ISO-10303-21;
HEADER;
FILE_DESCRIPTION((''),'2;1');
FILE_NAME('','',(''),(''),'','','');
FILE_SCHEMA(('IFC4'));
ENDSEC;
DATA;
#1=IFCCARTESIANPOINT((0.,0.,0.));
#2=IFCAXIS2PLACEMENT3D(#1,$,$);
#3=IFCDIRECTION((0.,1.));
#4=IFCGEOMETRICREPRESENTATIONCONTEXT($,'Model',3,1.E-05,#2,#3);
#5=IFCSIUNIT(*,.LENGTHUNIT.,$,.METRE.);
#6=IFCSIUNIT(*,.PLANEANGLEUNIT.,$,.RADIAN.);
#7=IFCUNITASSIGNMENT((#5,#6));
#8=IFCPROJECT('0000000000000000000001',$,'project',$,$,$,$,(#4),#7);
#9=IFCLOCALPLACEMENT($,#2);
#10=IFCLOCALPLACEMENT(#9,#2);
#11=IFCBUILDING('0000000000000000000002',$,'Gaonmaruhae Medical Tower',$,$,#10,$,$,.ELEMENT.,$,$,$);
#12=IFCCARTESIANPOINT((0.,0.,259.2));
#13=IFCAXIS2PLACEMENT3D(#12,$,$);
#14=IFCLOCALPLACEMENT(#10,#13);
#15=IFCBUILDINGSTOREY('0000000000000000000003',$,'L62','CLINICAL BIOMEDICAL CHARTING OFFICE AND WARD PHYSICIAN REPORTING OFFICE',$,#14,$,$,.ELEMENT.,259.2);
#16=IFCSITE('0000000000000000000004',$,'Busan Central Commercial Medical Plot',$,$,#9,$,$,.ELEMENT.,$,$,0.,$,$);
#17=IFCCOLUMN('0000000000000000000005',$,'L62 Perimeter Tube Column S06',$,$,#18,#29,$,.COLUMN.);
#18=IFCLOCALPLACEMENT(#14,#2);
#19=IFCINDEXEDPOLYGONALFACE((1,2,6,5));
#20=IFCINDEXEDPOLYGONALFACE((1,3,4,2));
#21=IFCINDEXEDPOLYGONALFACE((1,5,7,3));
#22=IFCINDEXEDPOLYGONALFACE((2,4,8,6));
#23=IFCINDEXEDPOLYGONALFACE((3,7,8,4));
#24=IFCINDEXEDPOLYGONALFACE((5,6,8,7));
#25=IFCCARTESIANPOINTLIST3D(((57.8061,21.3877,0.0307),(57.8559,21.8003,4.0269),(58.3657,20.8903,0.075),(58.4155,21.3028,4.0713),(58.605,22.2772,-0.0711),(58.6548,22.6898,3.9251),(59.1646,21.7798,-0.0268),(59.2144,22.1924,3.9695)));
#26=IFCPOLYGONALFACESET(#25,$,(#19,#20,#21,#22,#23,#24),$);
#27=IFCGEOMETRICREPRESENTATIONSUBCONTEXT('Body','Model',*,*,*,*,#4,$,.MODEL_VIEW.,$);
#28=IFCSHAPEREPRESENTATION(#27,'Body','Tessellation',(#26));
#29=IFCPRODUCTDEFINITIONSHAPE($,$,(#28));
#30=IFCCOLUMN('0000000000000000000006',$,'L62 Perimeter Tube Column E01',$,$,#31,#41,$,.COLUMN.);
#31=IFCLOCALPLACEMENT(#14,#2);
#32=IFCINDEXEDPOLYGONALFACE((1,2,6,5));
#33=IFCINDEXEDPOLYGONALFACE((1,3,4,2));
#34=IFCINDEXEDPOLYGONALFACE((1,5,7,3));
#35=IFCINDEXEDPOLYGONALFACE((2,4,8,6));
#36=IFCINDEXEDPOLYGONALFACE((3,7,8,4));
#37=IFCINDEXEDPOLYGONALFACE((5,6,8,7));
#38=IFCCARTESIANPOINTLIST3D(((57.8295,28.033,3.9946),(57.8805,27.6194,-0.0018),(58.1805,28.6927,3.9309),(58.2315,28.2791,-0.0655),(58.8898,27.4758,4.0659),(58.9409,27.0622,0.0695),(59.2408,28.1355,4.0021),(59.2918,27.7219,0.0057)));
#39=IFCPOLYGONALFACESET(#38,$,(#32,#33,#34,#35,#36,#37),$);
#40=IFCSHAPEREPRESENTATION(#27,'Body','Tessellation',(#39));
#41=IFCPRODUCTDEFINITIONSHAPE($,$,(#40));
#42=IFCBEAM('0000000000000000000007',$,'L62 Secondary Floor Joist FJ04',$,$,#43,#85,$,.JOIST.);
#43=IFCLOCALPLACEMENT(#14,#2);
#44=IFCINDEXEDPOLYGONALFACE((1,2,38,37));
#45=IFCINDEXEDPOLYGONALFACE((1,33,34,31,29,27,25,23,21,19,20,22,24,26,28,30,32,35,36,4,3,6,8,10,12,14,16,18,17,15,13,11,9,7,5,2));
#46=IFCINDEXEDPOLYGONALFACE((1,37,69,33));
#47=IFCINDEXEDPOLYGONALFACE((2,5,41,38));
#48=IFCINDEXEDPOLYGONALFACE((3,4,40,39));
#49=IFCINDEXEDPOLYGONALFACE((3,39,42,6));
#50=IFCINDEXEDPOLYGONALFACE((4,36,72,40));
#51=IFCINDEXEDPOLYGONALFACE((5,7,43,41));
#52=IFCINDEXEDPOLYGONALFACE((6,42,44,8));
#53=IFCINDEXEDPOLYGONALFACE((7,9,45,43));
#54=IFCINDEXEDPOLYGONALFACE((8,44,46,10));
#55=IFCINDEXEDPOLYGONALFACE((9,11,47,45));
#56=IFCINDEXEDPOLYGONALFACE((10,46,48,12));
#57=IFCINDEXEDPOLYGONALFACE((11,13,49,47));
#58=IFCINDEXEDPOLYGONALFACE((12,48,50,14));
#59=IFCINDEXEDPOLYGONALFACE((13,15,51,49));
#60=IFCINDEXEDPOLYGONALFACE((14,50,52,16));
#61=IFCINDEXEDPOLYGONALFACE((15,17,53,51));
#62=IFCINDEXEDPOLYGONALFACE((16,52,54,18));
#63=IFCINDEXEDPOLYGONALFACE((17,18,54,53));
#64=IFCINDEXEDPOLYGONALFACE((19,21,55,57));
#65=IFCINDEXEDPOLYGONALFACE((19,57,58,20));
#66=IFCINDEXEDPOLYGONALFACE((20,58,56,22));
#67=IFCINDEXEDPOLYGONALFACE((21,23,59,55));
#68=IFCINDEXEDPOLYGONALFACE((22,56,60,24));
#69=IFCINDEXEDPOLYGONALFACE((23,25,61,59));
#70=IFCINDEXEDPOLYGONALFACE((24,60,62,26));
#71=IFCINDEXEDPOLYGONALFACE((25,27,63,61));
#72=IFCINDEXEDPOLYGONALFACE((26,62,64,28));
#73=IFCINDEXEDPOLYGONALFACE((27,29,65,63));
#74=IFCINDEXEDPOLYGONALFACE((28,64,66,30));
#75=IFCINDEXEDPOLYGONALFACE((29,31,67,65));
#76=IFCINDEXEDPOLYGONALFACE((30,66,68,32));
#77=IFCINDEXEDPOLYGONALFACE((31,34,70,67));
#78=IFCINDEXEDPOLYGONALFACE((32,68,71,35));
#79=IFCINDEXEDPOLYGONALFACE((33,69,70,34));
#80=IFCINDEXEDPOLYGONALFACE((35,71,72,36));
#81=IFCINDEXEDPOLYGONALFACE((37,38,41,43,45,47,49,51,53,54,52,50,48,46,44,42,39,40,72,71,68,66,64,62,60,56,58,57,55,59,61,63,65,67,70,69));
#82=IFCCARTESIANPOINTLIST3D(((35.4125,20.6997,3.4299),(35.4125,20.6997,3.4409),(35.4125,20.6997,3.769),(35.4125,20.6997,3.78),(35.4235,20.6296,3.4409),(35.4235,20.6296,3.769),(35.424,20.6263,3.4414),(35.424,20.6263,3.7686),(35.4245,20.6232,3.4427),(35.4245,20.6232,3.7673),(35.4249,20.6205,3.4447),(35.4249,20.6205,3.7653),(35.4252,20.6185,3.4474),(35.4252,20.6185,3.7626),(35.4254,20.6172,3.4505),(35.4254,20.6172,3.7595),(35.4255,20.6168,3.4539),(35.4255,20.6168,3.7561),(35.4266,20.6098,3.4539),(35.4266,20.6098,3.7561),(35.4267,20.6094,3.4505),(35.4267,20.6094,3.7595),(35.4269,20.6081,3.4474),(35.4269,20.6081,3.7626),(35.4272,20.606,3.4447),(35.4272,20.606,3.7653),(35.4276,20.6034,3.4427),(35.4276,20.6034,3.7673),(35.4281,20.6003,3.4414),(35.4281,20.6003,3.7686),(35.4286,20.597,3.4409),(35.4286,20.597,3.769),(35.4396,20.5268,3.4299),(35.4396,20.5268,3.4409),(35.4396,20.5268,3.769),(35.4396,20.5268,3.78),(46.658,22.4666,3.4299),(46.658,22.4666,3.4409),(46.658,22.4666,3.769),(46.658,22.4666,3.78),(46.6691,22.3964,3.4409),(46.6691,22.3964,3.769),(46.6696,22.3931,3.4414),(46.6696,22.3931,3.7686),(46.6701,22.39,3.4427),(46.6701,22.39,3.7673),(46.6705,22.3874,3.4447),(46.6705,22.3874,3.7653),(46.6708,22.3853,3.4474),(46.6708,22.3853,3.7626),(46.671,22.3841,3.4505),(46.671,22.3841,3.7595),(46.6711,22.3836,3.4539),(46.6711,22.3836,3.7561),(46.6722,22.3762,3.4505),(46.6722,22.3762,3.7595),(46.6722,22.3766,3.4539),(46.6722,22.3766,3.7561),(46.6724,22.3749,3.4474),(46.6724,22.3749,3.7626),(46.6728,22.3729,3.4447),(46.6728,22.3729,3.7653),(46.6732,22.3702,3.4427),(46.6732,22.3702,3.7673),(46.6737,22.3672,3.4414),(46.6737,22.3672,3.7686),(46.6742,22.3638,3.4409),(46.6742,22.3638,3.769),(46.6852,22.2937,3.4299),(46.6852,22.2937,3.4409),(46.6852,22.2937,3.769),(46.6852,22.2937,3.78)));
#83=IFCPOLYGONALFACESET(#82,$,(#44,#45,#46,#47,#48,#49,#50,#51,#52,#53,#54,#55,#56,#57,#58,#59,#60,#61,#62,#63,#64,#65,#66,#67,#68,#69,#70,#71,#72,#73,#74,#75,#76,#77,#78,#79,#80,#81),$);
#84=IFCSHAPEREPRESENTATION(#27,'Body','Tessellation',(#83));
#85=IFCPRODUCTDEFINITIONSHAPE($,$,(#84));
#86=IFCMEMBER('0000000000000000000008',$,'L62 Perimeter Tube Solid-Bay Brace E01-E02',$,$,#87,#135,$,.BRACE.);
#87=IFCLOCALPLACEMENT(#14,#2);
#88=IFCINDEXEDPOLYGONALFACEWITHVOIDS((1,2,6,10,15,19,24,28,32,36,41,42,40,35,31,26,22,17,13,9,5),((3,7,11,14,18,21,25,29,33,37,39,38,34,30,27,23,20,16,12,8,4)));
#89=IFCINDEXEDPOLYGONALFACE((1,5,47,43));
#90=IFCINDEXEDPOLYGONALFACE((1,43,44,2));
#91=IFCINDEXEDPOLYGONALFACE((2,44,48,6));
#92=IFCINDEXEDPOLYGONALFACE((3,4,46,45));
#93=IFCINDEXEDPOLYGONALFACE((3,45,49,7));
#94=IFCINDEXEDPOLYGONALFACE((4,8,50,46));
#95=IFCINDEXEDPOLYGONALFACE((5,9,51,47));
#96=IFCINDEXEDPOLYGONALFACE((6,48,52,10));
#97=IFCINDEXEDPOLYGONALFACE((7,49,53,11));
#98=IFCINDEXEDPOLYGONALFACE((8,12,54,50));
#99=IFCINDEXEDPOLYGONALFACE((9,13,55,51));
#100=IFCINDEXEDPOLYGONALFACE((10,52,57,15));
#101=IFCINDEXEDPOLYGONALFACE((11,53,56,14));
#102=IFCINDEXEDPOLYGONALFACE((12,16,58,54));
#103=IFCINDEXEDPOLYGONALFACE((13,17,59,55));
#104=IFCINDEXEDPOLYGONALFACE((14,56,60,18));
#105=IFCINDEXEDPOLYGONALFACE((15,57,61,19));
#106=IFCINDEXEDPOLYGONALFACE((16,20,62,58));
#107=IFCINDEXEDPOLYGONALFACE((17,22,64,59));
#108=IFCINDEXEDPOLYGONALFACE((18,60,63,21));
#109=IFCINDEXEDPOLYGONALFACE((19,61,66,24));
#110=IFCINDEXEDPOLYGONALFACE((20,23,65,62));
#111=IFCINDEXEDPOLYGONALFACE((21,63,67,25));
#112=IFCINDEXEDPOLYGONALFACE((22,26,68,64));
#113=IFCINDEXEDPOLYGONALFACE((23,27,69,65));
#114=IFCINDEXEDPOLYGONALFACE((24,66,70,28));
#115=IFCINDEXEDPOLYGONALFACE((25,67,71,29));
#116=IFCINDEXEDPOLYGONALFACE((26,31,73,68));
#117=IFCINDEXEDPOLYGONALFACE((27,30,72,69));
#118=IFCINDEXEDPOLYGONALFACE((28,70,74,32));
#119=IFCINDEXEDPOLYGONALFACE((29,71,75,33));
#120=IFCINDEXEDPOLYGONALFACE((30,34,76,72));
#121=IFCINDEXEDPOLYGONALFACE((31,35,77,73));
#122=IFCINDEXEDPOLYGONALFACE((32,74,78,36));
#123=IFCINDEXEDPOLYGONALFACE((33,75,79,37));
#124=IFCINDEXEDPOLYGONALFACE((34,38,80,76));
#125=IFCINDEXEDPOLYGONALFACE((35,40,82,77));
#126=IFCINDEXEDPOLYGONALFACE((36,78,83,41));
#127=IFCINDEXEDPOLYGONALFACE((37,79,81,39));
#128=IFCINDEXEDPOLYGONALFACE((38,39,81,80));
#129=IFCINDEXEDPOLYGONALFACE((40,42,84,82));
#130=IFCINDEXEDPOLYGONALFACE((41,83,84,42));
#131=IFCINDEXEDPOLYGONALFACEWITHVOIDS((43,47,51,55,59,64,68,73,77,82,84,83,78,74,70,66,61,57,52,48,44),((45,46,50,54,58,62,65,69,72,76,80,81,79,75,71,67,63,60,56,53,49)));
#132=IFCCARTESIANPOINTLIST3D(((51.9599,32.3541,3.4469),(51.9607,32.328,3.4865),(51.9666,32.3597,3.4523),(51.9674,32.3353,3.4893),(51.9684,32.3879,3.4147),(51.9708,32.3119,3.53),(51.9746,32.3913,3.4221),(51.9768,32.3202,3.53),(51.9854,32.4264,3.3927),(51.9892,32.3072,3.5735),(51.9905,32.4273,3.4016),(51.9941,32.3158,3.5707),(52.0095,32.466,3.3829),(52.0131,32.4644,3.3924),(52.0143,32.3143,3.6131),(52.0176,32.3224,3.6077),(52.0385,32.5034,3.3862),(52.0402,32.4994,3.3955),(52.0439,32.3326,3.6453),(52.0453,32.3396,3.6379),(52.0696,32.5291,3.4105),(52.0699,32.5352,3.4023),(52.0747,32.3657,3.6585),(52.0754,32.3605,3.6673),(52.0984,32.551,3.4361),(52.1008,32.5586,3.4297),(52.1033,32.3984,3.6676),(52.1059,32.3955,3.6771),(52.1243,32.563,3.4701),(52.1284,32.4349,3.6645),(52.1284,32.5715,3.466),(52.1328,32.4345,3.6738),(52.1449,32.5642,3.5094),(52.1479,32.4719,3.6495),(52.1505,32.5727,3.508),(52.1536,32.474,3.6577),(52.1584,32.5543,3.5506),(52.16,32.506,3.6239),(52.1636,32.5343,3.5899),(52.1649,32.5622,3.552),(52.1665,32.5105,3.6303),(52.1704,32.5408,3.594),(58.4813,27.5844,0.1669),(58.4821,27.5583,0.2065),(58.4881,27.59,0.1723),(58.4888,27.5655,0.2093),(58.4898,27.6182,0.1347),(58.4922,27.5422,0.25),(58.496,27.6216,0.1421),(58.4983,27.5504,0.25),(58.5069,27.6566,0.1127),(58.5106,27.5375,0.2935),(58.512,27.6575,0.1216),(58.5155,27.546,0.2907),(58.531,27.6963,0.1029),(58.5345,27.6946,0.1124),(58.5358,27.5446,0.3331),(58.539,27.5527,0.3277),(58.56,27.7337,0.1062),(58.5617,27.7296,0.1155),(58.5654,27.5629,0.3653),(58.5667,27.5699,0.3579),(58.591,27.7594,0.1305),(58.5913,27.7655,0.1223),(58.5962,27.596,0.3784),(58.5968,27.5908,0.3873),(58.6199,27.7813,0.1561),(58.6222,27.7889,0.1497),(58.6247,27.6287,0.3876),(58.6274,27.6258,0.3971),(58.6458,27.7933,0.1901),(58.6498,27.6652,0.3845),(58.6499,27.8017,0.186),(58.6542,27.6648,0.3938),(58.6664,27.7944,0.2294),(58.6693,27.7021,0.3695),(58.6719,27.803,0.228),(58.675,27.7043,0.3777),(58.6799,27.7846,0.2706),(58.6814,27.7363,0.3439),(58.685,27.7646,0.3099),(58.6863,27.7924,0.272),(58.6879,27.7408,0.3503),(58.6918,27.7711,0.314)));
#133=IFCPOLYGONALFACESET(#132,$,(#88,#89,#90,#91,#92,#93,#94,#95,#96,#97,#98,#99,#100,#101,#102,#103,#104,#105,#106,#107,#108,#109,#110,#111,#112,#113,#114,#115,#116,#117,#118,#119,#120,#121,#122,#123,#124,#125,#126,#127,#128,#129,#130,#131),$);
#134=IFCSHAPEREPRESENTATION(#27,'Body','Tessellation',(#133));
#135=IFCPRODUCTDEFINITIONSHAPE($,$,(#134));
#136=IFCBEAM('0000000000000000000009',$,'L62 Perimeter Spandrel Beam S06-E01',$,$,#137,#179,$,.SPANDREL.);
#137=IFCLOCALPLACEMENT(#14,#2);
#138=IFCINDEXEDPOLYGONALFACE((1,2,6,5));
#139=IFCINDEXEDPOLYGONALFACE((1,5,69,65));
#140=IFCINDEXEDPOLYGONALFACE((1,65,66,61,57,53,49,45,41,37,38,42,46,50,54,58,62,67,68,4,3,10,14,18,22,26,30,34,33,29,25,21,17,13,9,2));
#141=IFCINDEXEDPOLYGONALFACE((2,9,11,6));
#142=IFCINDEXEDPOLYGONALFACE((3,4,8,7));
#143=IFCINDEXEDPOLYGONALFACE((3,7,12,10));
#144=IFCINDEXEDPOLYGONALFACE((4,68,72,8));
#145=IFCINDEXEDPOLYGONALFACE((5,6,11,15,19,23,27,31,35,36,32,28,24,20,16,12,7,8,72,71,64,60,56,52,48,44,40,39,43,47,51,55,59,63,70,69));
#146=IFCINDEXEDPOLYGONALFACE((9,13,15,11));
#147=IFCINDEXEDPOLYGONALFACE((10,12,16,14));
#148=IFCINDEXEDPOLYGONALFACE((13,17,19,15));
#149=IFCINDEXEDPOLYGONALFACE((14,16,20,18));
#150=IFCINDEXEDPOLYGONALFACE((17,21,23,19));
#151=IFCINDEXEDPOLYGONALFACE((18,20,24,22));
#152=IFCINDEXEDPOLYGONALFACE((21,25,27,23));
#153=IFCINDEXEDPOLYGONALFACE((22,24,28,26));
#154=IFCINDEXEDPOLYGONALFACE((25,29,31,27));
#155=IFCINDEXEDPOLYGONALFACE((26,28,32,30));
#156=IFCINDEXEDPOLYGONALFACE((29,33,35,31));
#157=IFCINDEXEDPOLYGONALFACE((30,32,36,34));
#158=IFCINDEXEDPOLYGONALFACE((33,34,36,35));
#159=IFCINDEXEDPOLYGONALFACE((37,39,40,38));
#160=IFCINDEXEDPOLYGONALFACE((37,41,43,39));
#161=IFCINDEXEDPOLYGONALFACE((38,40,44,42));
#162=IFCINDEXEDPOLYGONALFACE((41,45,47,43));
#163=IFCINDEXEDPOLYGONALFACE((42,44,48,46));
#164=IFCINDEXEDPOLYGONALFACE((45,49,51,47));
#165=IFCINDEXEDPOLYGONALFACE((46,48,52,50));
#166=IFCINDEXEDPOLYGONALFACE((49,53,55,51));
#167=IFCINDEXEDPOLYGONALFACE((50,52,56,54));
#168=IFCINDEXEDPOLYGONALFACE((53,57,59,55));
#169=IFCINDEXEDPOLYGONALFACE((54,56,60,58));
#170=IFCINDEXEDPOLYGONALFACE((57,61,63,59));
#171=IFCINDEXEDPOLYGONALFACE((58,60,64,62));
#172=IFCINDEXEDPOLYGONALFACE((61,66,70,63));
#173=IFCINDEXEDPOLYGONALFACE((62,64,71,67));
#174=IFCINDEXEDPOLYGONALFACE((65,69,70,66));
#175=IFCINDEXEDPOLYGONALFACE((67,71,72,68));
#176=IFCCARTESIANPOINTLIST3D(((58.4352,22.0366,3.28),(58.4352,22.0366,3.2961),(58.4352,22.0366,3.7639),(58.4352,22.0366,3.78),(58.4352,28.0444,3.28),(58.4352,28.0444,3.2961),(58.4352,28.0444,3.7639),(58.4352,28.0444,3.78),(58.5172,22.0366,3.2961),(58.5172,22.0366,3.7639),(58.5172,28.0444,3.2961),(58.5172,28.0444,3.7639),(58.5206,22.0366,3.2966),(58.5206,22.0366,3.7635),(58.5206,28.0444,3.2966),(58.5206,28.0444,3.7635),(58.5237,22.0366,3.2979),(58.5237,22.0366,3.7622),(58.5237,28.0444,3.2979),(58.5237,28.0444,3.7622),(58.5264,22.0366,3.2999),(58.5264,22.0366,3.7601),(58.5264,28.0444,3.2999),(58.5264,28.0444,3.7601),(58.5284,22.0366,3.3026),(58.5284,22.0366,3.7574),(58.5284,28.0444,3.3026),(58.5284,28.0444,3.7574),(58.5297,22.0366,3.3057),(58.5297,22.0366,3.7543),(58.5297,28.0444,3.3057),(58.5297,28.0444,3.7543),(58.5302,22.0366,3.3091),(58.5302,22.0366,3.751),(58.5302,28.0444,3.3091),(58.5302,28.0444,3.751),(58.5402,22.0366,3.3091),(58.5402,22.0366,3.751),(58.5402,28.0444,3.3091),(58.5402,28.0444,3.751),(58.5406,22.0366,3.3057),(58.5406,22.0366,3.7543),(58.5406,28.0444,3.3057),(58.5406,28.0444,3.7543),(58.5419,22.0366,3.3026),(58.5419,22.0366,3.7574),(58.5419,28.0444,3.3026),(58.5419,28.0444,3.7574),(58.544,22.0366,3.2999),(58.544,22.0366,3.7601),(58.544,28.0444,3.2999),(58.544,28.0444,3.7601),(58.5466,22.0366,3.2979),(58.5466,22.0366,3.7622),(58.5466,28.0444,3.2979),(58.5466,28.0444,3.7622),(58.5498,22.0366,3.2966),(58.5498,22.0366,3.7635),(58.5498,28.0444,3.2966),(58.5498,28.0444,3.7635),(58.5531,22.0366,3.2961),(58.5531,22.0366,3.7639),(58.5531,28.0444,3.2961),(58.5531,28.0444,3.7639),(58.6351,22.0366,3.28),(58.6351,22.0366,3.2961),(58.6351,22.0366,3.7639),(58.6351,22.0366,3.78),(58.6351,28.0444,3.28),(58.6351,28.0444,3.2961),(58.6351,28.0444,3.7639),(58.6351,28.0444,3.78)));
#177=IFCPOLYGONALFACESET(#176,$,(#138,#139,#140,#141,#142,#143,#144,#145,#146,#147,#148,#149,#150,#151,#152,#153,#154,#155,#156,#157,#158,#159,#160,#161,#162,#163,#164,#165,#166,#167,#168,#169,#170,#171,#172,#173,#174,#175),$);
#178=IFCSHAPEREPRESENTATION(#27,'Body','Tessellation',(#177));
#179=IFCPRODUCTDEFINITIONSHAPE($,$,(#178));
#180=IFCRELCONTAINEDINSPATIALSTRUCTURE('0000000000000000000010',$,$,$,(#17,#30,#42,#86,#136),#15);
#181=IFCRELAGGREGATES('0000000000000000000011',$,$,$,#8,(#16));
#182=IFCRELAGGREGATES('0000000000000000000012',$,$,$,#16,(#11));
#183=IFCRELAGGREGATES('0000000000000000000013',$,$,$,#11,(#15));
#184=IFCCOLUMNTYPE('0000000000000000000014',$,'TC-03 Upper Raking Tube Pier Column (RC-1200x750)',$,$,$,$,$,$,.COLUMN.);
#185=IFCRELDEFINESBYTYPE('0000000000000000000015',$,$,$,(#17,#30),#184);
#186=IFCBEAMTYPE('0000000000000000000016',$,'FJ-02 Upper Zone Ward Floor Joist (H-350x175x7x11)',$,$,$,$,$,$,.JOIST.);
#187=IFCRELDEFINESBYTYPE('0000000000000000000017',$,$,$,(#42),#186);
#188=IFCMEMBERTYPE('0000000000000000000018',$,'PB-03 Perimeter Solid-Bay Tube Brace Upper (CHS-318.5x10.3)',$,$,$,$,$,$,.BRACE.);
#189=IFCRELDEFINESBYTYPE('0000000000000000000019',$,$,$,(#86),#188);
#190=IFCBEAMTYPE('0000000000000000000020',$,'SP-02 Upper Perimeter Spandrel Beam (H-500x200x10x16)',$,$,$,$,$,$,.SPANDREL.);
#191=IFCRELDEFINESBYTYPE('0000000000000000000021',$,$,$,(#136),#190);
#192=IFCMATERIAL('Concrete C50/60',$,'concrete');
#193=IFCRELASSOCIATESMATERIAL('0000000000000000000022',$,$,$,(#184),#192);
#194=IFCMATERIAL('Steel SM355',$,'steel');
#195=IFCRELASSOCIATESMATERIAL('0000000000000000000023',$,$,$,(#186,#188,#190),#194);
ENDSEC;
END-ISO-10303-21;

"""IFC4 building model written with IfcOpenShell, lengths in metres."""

from ifc_helpers import new_model, si_unit, direction, frame, origin, origin_2d, place, context, subcontext, project, spatial, rectangle, hollow_circle, i_section, extrude, material, material_profile, profile_set, type_object, element, save


model = new_model("IFC4")

# Units and contexts
model_context = context("Model", 3, precision=1e-05, world=origin(), true_north=direction((0.0, 1.0)))
body_context = subcontext(model_context, "Body", "Model", "MODEL_VIEW")
ifc_project = project(units=[si_unit("LENGTHUNIT", "METRE"), si_unit("PLANEANGLEUNIT", "RADIAN")], contexts=[model_context])

# Site, building, storey
site_placement = place(None, origin())
site = spatial("IfcSite", under=ifc_project, at=site_placement, Name="Busan Central Commercial Medical Plot", CompositionType="ELEMENT", RefElevation=0.0)
building_placement = place(site_placement, origin())
building = spatial("IfcBuilding", under=site, at=building_placement, Name="Gaonmaruhae Medical Tower", CompositionType="ELEMENT")
storey_placement = place(building_placement, frame((0.0, 0.0, 259.2)))
storey = spatial("IfcBuildingStorey", under=building, at=storey_placement, Name="L62", Description="CLINICAL BIOMEDICAL CHARTING OFFICE AND WARD PHYSICIAN REPORTING OFFICE", CompositionType="ELEMENT", Elevation=259.2)

# Columns
ifc_material_1 = material(Name="Concrete C50/60", Category="concrete")
ifc_material_profile_1 = material_profile(ifc_material_1, rectangle(XDim=1.2, YDim=0.75, at=origin_2d()), Name="RC-1200x750")
ifc_profile_set_1 = profile_set([ifc_material_profile_1], Name="Concrete C50/60")
column_type = type_object("IfcColumnType", Name="TC-03 Upper Raking Tube Pier Column (RC-1200x750)", PredefinedType="COLUMN", material=ifc_profile_set_1)
column_1_placement = place(storey_placement, frame((58.4854, 21.5837, 0.002), z_axis=(0.012396, 0.10269, 0.994636), x_axis=(-0.665782, -0.741308, 0.084833)))
element("IfcColumn", 1, at=column_1_placement, inside=storey, type_object=column_type, Name="L62 Perimeter Tube Column S06", PredefinedType="COLUMN", context=body_context, shape_type="SweptSolid", body=[
    extrude(rectangle(XDim=1.2, YDim=0.75, at=origin_2d()), origin(), (0.0, 0.0, 1.0), 4.0178),
])
column_2_placement = place(storey_placement, frame((58.5862, 27.6707, 0.002), z_axis=(-0.012699, 0.10293, 0.994608), x_axis=(0.883661, -0.464352, 0.059338)))
element("IfcColumn", 2, at=column_2_placement, inside=storey, type_object=column_type, Name="L62 Perimeter Tube Column E01", PredefinedType="COLUMN", context=body_context, shape_type="SweptSolid", body=[
    extrude(rectangle(XDim=1.2, YDim=0.75, at=origin_2d()), origin(), (0.0, 0.0, 1.0), 4.0181),
])

# Beam
ifc_material_2 = material(Name="Steel SM355", Category="steel")
ifc_material_profile_2 = material_profile(ifc_material_2, i_section(OverallWidth=0.175, OverallDepth=0.3501, WebThickness=0.0071, FlangeThickness=0.011, FilletRadius=0.0129, at=origin_2d()), Name="H-350x175x7x11")
ifc_profile_set_2 = profile_set([ifc_material_profile_2], Name="Steel SM355")
beam_type_1 = type_object("IfcBeamType", Name="FJ-02 Upper Zone Ward Floor Joist (H-350x175x7x11)", PredefinedType="JOIST", material=ifc_profile_set_2)
beam_1_placement = place(storey_placement, frame((46.6716, 22.3801, 3.605), z_axis=(-0.987881, -0.15521, 0.0), x_axis=(0.15521, -0.987881, 0.0)))
element("IfcBeam", 3, at=beam_1_placement, inside=storey, type_object=beam_type_1, Name="L62 Secondary Floor Joist FJ04", PredefinedType="JOIST", context=body_context, shape_type="SweptSolid", body=[
    extrude(i_section(OverallWidth=0.175, OverallDepth=0.3501, WebThickness=0.0071, FlangeThickness=0.011, FilletRadius=0.0129, at=origin_2d()), origin(), (0.0, 0.0, 1.0), 11.3835),
])

# Member
ifc_material_profile_3 = material_profile(ifc_material_2, hollow_circle(Radius=0.1592, WallThickness=0.0103, at=origin_2d()), Name="CHS-318.5x10.3")
ifc_profile_set_3 = profile_set([ifc_material_profile_3], Name="Steel SM355")
member_type = type_object("IfcMemberType", Name="PB-03 Perimeter Solid-Bay Tube Brace Upper (CHS-318.5x10.3)", PredefinedType="BRACE", material=ifc_profile_set_3)
member_placement = place(storey_placement, frame((58.5862, 27.6707, 0.25), z_axis=(-0.747873, 0.54699, 0.376148), x_axis=(-0.590345, -0.807151, 0.0)))
element("IfcMember", 4, at=member_placement, inside=storey, type_object=member_type, Name="L62 Perimeter Tube Solid-Bay Brace E01-E02", PredefinedType="BRACE", context=body_context, shape_type="SweptSolid", body=[
    extrude(hollow_circle(Radius=0.1592, WallThickness=0.0103, at=origin_2d()), origin(), (0.0, 0.0, 1.0), 8.72),
])

# Beam
ifc_material_profile_4 = material_profile(ifc_material_2, i_section(OverallWidth=0.2, OverallDepth=0.5, WebThickness=0.01, FlangeThickness=0.0161, FilletRadius=0.0129, at=origin_2d()), Name="H-500x200x10x16")
ifc_profile_set_4 = profile_set([ifc_material_profile_4], Name="Steel SM355")
beam_type_2 = type_object("IfcBeamType", Name="SP-02 Upper Perimeter Spandrel Beam (H-500x200x10x16)", PredefinedType="SPANDREL", material=ifc_profile_set_4)
beam_2_placement = place(storey_placement, frame((58.5352, 22.0366, 3.53), z_axis=(0.0, 1.0, 0.0), x_axis=(-1.0, 0.0, 0.0)))
element("IfcBeam", 5, at=beam_2_placement, inside=storey, type_object=beam_type_2, Name="L62 Perimeter Spandrel Beam S06-E01", PredefinedType="SPANDREL", context=body_context, shape_type="SweptSolid", body=[
    extrude(i_section(OverallWidth=0.2, OverallDepth=0.5, WebThickness=0.01, FlangeThickness=0.0161, FilletRadius=0.0129, at=origin_2d()), origin(), (0.0, 0.0, 1.0), 6.0078),
])

save(model, "model.ifc")
